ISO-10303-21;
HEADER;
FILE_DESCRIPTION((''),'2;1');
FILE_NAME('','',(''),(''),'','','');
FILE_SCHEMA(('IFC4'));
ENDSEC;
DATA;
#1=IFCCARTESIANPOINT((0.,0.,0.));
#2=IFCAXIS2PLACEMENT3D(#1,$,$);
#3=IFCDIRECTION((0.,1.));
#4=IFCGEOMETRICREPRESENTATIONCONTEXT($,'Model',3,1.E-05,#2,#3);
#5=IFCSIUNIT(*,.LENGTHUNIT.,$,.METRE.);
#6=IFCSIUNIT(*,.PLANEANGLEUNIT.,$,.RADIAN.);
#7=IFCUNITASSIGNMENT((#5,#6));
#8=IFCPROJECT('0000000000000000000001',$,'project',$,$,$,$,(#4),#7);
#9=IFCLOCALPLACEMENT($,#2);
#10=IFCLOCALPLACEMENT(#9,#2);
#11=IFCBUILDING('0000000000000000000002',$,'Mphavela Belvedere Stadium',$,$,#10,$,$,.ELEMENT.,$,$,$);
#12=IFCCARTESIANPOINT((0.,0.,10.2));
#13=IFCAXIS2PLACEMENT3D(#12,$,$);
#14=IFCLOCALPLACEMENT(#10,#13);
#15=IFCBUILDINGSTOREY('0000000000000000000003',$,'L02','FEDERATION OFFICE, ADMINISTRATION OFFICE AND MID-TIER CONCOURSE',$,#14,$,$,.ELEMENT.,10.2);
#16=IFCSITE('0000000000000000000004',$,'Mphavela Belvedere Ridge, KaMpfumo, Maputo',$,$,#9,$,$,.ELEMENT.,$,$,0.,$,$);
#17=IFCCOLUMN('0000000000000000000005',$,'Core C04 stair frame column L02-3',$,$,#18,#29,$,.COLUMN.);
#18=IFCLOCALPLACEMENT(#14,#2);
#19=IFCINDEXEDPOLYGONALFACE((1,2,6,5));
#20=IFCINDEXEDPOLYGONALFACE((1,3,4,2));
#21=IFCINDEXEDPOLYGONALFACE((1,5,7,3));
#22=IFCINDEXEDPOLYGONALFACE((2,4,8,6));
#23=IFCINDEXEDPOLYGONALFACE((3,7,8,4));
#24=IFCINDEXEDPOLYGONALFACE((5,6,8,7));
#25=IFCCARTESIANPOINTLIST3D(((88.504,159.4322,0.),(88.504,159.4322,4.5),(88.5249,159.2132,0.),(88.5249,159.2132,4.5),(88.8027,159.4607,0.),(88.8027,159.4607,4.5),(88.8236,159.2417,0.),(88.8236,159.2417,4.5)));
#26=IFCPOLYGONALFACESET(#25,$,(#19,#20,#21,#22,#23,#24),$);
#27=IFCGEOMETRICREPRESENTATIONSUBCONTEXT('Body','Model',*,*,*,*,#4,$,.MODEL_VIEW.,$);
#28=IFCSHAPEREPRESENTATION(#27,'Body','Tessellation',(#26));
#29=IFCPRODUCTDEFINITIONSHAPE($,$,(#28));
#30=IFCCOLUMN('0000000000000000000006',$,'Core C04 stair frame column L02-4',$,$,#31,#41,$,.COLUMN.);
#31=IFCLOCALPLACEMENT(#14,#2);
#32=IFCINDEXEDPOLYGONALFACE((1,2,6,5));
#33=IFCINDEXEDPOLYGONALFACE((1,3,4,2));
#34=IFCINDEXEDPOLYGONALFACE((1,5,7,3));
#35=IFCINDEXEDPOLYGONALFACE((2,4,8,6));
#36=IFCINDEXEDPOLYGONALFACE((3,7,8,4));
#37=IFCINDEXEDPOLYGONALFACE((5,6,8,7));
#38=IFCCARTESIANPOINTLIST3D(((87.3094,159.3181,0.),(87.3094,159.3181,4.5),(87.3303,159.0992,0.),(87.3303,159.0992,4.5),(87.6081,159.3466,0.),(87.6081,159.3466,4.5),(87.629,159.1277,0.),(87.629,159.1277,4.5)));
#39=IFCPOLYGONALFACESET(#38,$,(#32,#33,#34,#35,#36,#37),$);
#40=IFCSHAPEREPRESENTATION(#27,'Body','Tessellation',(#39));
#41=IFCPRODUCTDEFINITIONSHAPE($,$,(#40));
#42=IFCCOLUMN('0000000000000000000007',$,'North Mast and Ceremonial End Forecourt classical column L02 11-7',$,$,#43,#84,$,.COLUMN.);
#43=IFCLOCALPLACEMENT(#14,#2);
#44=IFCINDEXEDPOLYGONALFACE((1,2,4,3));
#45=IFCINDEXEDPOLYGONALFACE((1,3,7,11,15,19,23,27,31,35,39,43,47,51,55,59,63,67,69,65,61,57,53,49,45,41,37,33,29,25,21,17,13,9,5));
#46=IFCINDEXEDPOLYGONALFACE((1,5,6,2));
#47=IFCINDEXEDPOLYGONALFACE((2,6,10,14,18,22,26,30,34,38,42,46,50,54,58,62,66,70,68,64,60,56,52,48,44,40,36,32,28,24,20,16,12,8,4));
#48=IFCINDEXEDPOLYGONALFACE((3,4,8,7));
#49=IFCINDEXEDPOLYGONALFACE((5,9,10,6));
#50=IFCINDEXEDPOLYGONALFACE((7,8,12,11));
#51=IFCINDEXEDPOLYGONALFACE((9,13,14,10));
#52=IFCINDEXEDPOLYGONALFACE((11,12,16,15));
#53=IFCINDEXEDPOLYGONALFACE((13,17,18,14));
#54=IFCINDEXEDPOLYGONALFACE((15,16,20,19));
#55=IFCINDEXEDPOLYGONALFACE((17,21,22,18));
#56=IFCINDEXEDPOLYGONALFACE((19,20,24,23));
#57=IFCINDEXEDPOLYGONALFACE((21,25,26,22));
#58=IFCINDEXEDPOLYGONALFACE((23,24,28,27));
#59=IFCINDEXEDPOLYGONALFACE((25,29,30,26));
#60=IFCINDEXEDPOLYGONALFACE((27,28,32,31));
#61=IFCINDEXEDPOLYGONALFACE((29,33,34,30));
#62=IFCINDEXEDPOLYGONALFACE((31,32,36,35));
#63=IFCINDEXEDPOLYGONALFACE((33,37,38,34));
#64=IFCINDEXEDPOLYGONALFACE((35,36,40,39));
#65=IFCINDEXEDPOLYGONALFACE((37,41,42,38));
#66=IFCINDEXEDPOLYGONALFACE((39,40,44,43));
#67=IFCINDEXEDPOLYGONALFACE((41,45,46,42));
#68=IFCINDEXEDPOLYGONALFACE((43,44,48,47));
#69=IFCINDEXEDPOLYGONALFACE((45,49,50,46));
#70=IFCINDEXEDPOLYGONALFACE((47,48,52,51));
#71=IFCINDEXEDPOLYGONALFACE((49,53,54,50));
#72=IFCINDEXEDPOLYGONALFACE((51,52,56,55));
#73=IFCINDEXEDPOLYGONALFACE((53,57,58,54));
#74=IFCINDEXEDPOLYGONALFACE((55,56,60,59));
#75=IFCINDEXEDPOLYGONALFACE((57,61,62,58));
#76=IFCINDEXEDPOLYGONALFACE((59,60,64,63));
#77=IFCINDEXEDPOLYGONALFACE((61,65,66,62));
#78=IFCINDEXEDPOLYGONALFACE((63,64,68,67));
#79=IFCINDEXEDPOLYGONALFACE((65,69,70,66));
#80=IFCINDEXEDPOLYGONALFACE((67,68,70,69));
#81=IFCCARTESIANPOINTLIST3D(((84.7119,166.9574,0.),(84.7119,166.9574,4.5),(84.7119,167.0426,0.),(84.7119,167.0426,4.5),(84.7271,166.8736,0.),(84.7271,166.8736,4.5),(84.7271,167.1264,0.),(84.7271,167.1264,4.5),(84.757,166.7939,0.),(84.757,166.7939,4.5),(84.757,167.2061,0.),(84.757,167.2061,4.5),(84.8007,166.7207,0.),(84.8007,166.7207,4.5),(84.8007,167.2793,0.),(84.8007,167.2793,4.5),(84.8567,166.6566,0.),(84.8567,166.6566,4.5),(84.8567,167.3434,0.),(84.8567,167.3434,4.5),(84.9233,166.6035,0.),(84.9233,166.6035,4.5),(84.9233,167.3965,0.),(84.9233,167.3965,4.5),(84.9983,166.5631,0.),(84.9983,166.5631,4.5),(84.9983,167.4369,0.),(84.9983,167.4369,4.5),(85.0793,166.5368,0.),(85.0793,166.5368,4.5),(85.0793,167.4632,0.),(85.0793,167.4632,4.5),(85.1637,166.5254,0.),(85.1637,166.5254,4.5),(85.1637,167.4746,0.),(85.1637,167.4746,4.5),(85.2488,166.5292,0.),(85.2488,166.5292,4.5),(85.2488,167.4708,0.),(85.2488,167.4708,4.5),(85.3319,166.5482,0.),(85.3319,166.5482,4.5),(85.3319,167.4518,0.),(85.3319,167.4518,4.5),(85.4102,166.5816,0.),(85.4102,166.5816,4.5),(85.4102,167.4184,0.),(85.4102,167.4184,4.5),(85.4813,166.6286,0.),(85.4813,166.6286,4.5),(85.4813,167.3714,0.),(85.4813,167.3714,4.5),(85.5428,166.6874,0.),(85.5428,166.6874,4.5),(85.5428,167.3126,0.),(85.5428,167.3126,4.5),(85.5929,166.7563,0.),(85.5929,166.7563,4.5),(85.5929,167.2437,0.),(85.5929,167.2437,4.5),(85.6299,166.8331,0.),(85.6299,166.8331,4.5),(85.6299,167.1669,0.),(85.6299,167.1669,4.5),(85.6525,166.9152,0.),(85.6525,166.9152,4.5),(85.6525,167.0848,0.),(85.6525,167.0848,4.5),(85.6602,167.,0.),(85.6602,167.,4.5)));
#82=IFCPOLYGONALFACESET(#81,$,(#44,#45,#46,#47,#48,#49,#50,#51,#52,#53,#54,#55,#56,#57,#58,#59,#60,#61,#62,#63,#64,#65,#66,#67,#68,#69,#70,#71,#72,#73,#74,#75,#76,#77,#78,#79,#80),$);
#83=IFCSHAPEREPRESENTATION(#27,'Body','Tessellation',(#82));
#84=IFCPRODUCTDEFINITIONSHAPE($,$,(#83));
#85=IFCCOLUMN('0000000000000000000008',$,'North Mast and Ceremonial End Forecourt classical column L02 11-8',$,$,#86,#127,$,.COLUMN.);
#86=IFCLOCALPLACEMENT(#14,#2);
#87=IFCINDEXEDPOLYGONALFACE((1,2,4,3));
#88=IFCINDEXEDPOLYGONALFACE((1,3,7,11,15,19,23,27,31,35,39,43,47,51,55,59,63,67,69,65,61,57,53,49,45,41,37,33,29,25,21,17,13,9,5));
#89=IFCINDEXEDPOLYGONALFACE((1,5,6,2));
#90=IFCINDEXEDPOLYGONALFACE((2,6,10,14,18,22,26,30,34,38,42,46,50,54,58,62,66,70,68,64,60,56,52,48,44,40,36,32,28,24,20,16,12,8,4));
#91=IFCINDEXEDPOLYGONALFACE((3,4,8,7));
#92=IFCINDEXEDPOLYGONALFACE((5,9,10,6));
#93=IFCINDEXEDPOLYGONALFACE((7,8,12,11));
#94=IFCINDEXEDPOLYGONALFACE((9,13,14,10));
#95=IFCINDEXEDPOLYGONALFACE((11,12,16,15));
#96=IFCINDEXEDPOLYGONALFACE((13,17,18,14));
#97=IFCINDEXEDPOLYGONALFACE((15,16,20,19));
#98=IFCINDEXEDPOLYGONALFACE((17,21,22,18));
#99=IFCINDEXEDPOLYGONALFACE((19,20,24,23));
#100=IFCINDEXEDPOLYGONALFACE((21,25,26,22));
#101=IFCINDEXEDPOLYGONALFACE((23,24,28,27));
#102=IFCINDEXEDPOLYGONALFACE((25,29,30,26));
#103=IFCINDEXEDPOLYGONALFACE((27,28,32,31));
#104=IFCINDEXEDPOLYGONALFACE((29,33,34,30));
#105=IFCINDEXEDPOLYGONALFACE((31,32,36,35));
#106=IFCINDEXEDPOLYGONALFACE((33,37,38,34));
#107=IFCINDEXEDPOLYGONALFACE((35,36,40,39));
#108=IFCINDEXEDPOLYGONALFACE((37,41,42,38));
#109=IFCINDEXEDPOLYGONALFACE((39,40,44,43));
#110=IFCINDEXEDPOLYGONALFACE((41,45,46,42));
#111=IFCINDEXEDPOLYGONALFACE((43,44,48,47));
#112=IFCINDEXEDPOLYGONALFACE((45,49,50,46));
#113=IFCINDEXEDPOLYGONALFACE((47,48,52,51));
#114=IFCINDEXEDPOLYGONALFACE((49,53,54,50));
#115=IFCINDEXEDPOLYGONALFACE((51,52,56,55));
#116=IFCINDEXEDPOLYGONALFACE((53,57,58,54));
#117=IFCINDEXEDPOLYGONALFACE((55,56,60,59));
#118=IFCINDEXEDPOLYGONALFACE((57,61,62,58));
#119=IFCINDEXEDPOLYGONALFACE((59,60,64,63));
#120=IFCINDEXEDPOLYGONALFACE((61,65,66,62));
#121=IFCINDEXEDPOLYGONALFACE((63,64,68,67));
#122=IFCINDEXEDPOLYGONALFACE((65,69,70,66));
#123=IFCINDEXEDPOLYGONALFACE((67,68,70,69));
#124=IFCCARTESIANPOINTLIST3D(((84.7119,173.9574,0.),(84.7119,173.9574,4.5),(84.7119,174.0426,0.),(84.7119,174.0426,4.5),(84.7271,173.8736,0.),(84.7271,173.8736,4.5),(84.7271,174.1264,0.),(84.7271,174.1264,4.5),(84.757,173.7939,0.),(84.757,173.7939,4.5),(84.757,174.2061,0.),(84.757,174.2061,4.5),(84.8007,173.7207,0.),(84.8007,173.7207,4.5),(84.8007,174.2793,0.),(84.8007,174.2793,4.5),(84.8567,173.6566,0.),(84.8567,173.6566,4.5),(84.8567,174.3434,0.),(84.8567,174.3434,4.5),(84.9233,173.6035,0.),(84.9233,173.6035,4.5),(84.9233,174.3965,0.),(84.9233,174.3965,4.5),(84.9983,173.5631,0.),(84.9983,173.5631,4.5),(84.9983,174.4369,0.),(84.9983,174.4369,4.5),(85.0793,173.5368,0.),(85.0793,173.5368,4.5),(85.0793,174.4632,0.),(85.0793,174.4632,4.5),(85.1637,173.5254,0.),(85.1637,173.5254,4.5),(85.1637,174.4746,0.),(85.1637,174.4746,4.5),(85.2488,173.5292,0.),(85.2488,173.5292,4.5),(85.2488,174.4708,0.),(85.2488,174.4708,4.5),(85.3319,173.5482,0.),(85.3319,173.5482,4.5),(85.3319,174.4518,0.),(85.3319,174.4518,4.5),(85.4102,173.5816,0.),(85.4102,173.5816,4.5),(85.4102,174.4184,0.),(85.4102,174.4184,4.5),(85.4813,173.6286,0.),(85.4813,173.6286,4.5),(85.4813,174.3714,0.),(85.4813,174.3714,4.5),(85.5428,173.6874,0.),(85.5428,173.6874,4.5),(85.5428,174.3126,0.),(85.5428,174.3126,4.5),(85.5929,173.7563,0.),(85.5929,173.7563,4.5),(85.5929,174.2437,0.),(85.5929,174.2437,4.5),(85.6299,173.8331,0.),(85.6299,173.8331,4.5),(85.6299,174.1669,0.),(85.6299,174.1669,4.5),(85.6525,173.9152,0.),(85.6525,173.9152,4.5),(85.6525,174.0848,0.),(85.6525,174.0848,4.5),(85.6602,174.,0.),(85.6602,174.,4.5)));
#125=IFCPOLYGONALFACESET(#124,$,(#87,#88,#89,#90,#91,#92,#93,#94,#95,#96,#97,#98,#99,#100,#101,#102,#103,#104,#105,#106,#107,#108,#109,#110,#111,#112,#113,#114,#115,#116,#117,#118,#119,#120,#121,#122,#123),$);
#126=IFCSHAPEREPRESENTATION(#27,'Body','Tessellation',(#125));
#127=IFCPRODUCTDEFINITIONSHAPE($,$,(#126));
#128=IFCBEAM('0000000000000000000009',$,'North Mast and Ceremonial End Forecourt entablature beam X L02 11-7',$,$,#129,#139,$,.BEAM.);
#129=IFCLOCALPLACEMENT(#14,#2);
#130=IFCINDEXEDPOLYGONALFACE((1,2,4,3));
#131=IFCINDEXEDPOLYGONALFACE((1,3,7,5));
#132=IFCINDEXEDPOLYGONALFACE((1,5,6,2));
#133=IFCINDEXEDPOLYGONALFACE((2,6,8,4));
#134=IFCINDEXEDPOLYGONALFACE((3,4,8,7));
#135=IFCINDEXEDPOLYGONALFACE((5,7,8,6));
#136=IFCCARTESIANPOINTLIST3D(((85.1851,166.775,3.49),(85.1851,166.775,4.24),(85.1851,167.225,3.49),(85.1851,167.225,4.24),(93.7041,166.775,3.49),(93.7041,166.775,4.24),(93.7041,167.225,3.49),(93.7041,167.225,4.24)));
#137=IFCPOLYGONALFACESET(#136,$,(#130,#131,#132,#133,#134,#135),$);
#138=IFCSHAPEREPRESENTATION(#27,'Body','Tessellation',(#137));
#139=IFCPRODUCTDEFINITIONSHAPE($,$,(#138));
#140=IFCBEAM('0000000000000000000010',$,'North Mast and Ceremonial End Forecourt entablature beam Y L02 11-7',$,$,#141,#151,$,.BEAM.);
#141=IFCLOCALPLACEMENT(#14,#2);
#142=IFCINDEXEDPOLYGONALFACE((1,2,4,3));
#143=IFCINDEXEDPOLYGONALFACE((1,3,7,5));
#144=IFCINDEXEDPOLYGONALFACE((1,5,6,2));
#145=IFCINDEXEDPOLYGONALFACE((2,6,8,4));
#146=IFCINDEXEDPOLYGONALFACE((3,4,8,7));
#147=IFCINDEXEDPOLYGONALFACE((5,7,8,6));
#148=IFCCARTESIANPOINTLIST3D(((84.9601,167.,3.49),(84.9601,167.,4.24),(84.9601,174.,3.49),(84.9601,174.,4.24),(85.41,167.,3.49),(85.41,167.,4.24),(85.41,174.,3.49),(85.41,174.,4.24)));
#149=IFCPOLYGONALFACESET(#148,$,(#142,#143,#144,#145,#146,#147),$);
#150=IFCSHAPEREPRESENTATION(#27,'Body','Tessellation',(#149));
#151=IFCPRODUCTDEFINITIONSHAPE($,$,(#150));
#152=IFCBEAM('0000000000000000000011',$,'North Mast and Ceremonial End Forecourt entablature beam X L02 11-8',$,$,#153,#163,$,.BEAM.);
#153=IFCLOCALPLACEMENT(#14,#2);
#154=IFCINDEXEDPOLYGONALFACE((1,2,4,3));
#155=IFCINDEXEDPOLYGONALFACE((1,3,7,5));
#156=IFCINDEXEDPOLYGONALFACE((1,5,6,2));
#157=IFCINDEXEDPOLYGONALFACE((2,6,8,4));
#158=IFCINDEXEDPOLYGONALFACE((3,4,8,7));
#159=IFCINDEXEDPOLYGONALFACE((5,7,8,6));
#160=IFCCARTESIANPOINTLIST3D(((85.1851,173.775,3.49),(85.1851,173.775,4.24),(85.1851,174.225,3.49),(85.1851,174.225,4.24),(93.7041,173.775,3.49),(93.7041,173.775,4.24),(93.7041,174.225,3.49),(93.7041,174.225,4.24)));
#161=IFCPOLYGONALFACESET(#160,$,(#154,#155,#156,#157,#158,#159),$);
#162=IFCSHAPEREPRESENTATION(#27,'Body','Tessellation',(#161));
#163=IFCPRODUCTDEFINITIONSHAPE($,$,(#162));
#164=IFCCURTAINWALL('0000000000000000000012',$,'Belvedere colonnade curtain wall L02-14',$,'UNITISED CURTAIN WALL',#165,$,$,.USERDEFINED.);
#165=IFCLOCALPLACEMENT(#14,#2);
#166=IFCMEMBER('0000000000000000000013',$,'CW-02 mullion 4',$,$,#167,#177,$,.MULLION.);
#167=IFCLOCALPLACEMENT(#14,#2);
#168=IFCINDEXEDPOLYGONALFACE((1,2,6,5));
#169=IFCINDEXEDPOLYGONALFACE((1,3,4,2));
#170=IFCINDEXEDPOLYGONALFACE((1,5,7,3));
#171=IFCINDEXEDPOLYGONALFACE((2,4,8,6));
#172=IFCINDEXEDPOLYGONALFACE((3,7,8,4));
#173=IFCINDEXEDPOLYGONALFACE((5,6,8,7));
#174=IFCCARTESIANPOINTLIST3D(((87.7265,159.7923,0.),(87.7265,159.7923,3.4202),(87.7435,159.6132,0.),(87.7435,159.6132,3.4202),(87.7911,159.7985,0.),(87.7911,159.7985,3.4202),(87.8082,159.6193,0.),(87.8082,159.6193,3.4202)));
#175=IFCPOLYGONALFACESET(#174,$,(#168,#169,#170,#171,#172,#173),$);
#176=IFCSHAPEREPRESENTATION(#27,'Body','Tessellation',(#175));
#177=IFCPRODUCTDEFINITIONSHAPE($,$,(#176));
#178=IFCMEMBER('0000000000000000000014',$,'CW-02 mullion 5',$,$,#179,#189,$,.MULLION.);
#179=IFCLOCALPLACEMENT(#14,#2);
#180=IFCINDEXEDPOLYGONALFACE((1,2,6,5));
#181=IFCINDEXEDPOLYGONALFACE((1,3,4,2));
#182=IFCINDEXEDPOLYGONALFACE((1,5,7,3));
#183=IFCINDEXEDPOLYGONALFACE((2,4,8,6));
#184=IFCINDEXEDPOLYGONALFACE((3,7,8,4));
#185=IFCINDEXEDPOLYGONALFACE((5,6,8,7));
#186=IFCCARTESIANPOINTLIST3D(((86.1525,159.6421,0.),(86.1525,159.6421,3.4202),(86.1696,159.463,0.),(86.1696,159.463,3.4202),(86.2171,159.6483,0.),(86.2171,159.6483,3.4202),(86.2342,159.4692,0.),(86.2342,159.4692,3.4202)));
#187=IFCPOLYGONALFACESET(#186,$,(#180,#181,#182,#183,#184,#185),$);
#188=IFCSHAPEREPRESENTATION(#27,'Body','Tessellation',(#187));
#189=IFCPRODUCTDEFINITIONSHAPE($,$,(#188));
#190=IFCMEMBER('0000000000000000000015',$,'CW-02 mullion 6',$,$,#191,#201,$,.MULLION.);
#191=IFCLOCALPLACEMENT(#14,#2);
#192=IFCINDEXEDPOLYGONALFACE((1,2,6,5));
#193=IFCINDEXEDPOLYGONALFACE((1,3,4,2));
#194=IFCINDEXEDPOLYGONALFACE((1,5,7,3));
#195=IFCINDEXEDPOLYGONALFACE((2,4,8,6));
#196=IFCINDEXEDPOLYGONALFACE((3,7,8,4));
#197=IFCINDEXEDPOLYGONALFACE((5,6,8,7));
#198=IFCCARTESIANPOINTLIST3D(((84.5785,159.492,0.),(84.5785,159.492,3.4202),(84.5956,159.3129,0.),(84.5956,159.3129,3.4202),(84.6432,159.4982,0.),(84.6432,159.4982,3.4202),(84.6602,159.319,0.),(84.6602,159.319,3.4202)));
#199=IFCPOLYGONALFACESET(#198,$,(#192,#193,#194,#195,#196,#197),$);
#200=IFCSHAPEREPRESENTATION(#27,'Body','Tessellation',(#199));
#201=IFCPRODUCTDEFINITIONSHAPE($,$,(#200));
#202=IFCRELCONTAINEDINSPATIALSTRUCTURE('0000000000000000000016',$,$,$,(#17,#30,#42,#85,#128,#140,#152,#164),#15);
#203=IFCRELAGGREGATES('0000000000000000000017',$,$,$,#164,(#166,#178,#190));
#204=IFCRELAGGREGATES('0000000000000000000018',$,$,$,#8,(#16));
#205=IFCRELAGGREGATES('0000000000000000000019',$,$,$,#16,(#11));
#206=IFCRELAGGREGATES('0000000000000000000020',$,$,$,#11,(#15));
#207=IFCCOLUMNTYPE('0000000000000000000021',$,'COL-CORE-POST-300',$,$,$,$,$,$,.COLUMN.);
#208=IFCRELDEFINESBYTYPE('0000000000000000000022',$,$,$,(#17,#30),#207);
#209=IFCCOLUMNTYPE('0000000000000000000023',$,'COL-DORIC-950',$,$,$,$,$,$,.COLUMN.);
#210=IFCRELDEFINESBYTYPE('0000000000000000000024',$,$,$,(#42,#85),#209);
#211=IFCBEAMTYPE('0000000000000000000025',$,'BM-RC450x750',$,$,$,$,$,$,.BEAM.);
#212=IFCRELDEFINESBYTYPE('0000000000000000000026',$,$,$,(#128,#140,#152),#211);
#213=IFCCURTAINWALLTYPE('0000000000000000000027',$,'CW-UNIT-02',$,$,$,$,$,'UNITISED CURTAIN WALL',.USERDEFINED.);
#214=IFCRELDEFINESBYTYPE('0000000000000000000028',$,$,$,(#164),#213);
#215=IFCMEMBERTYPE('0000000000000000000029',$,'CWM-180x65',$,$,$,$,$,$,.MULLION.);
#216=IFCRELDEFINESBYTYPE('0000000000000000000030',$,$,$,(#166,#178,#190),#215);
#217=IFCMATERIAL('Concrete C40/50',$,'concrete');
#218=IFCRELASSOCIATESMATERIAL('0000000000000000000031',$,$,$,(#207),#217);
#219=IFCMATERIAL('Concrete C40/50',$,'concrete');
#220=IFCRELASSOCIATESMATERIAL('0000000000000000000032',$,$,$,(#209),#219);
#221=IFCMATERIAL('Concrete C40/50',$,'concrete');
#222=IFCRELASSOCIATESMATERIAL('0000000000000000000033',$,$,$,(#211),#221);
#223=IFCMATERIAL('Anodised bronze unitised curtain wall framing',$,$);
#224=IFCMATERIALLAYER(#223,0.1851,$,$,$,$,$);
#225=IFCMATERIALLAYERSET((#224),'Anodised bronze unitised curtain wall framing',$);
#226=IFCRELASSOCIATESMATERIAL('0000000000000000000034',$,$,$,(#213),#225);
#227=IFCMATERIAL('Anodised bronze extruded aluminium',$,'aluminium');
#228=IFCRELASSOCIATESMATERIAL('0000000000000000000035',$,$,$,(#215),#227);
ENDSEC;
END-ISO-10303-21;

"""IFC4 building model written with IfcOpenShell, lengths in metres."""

from ifc_helpers import new_model, si_unit, direction, frame, origin, origin_2d, place, context, subcontext, project, spatial, rectangle, circle, extrude, material, layer, layer_set, material_profile, profile_set, type_object, element, aggregate, save


model = new_model("IFC4")

# Units and contexts
model_context = context("Model", 3, precision=1e-05, world=origin(), true_north=direction((0.0, 1.0)))
body_context = subcontext(model_context, "Body", "Model", "MODEL_VIEW")
ifc_project = project(units=[si_unit("LENGTHUNIT", "METRE"), si_unit("PLANEANGLEUNIT", "RADIAN")], contexts=[model_context])

# Site, building, storey
site_placement = place(None, origin())
site = spatial("IfcSite", under=ifc_project, at=site_placement, Name="Mphavela Belvedere Ridge, KaMpfumo, Maputo", CompositionType="ELEMENT", RefElevation=0.0)
building_placement = place(site_placement, origin())
building = spatial("IfcBuilding", under=site, at=building_placement, Name="Mphavela Belvedere Stadium", CompositionType="ELEMENT")
storey_placement = place(building_placement, frame((0.0, 0.0, 10.2)))
storey = spatial("IfcBuildingStorey", under=building, at=storey_placement, Name="L02", Description="FEDERATION OFFICE, ADMINISTRATION OFFICE AND MID-TIER CONCOURSE", CompositionType="ELEMENT", Elevation=10.2)

# Columns
ifc_material_1 = material(Name="Concrete C40/50", Category="concrete")
ifc_material_profile_1 = material_profile(ifc_material_1, rectangle(XDim=0.3, YDim=0.22, at=origin_2d()), Name="RC 300x220")
ifc_profile_set_1 = profile_set([ifc_material_profile_1], Name="Concrete C40/50")
column_type_1 = type_object("IfcColumnType", Name="COL-CORE-POST-300", PredefinedType="COLUMN", material=ifc_profile_set_1)
for number, where, z_axis, x_axis, name in (
    (1, (88.6638, 159.3369, 0.0), (0.0, 0.0, 1.0), (0.995479, 0.094977, 0.0), "Core C04 stair frame column L02-3"),
    (2, (87.4692, 159.2229, 0.0), (0.0, 0.0, 1.0), (0.995479, 0.094977, 0.0), "Core C04 stair frame column L02-4"),
):
    element("IfcColumn", number, at=place(storey_placement, frame(where, z_axis=z_axis, x_axis=x_axis)), inside=storey, type_object=column_type_1, Name=name, PredefinedType="COLUMN", context=body_context, shape_type="SweptSolid", body=[
        extrude(rectangle(XDim=0.3, YDim=0.22, at=origin_2d()), origin(), (0.0, 0.0, 1.0), 4.5),
    ])
ifc_material_2 = material(Name="Concrete C40/50", Category="concrete")
ifc_material_profile_2 = material_profile(ifc_material_2, circle(Radius=0.4751, at=origin_2d()), Name="COL D950")
ifc_profile_set_2 = profile_set([ifc_material_profile_2], Name="Concrete C40/50")
column_type_2 = type_object("IfcColumnType", Name="COL-DORIC-950", PredefinedType="COLUMN", material=ifc_profile_set_2)
for number, where, z_axis, x_axis, name in (
    (3, (85.1851, 167.0, 0.0), (0.0, 0.0, 1.0), (1.0, 0.0, 0.0), "North Mast and Ceremonial End Forecourt classical column L02 11-7"),
    (4, (85.1851, 174.0, 0.0), (0.0, 0.0, 1.0), (1.0, 0.0, 0.0), "North Mast and Ceremonial End Forecourt classical column L02 11-8"),
):
    element("IfcColumn", number, at=place(storey_placement, frame(where, z_axis=z_axis, x_axis=x_axis)), inside=storey, type_object=column_type_2, Name=name, PredefinedType="COLUMN", context=body_context, shape_type="SweptSolid", body=[
        extrude(circle(Radius=0.4751, at=origin_2d()), origin(), (0.0, 0.0, 1.0), 4.5),
    ])

# Beams
ifc_material_3 = material(Name="Concrete C40/50", Category="concrete")
ifc_material_profile_3 = material_profile(ifc_material_3, rectangle(XDim=0.45, YDim=0.75, at=origin_2d()), Name="RC 450x750")
ifc_profile_set_3 = profile_set([ifc_material_profile_3], Name="Concrete C40/50")
beam_type = type_object("IfcBeamType", Name="BM-RC450x750", PredefinedType="BEAM", material=ifc_profile_set_3)
beam_1_placement = place(storey_placement, frame((85.1851, 167.0, 3.865), z_axis=(1.0, 0.0, 0.0), x_axis=(0.0, 1.0, 0.0)))
element("IfcBeam", 5, at=beam_1_placement, inside=storey, type_object=beam_type, Name="North Mast and Ceremonial End Forecourt entablature beam X L02 11-7", PredefinedType="BEAM", context=body_context, shape_type="SweptSolid", body=[
    extrude(rectangle(XDim=0.45, YDim=0.75, at=origin_2d()), origin(), (0.0, 0.0, 1.0), 8.519),
])
beam_2_placement = place(storey_placement, frame((85.1851, 167.0, 3.865), z_axis=(0.0, 1.0, 0.0), x_axis=(-1.0, 0.0, 0.0)))
element("IfcBeam", 6, at=beam_2_placement, inside=storey, type_object=beam_type, Name="North Mast and Ceremonial End Forecourt entablature beam Y L02 11-7", PredefinedType="BEAM", context=body_context, shape_type="SweptSolid", body=[
    extrude(rectangle(XDim=0.45, YDim=0.75, at=origin_2d()), origin(), (0.0, 0.0, 1.0), 7.0),
])
beam_3_placement = place(storey_placement, frame((85.1851, 174.0, 3.865), z_axis=(1.0, 0.0, 0.0), x_axis=(0.0, 1.0, 0.0)))
element("IfcBeam", 7, at=beam_3_placement, inside=storey, type_object=beam_type, Name="North Mast and Ceremonial End Forecourt entablature beam X L02 11-8", PredefinedType="BEAM", context=body_context, shape_type="SweptSolid", body=[
    extrude(rectangle(XDim=0.45, YDim=0.75, at=origin_2d()), origin(), (0.0, 0.0, 1.0), 8.519),
])

# Curtain wall, members
ifc_material_4 = material(Name="Anodised bronze unitised curtain wall framing")
ifc_layer_1 = layer(ifc_material_4, 0.1851)
ifc_layer_set_1 = layer_set([ifc_layer_1], Name="Anodised bronze unitised curtain wall framing")
curtain_wall_type = type_object("IfcCurtainWallType", Name="CW-UNIT-02", ElementType="UNITISED CURTAIN WALL", PredefinedType="USERDEFINED", material=ifc_layer_set_1)
curtain_wall_placement = place(storey_placement, origin())
curtain_wall = element("IfcCurtainWall", 8, at=curtain_wall_placement, inside=storey, type_object=curtain_wall_type, Name="Belvedere colonnade curtain wall L02-14", ObjectType="UNITISED CURTAIN WALL", PredefinedType="USERDEFINED")
ifc_material_5 = material(Name="Anodised bronze extruded aluminium", Category="aluminium")
ifc_material_profile_4 = material_profile(ifc_material_5, rectangle(XDim=0.1799, YDim=0.0649, at=origin_2d()), Name="CW-MUL 180x65")
ifc_profile_set_4 = profile_set([ifc_material_profile_4], Name="Anodised bronze extruded aluminium")
member_type_1 = type_object("IfcMemberType", Name="CWM-180x65", PredefinedType="MULLION", material=ifc_profile_set_4)
member_1_placement = place(storey_placement, frame((87.7673, 159.7058, 0.0), z_axis=(0.0, 0.0, 1.0), x_axis=(0.094926, -0.995484, 0.0)))
member_1 = element("IfcMember", 9, at=member_1_placement, type_object=member_type_1, Name="CW-02 mullion 4", PredefinedType="MULLION", context=body_context, shape_type="SweptSolid", body=[
    extrude(rectangle(XDim=0.1799, YDim=0.0649, at=origin_2d()), origin(), (0.0, 0.0, 1.0), 3.4202),
])
member_2_placement = place(storey_placement, frame((86.1934, 159.5557, 0.0), z_axis=(0.0, 0.0, 1.0), x_axis=(0.094926, -0.995484, 0.0)))
member_2 = element("IfcMember", 10, at=member_2_placement, type_object=member_type_1, Name="CW-02 mullion 5", PredefinedType="MULLION", context=body_context, shape_type="SweptSolid", body=[
    extrude(rectangle(XDim=0.1799, YDim=0.0649, at=origin_2d()), origin(), (0.0, 0.0, 1.0), 3.4202),
])
member_3_placement = place(storey_placement, frame((84.6194, 159.4055, 0.0), z_axis=(0.0, 0.0, 1.0), x_axis=(0.094926, -0.995484, 0.0)))
member_3 = element("IfcMember", 11, at=member_3_placement, type_object=member_type_1, Name="CW-02 mullion 6", PredefinedType="MULLION", context=body_context, shape_type="SweptSolid", body=[
    extrude(rectangle(XDim=0.1799, YDim=0.0649, at=origin_2d()), origin(), (0.0, 0.0, 1.0), 3.4202),
])
aggregate(curtain_wall, [member_1, member_2, member_3])

save(model, "model.ifc")
